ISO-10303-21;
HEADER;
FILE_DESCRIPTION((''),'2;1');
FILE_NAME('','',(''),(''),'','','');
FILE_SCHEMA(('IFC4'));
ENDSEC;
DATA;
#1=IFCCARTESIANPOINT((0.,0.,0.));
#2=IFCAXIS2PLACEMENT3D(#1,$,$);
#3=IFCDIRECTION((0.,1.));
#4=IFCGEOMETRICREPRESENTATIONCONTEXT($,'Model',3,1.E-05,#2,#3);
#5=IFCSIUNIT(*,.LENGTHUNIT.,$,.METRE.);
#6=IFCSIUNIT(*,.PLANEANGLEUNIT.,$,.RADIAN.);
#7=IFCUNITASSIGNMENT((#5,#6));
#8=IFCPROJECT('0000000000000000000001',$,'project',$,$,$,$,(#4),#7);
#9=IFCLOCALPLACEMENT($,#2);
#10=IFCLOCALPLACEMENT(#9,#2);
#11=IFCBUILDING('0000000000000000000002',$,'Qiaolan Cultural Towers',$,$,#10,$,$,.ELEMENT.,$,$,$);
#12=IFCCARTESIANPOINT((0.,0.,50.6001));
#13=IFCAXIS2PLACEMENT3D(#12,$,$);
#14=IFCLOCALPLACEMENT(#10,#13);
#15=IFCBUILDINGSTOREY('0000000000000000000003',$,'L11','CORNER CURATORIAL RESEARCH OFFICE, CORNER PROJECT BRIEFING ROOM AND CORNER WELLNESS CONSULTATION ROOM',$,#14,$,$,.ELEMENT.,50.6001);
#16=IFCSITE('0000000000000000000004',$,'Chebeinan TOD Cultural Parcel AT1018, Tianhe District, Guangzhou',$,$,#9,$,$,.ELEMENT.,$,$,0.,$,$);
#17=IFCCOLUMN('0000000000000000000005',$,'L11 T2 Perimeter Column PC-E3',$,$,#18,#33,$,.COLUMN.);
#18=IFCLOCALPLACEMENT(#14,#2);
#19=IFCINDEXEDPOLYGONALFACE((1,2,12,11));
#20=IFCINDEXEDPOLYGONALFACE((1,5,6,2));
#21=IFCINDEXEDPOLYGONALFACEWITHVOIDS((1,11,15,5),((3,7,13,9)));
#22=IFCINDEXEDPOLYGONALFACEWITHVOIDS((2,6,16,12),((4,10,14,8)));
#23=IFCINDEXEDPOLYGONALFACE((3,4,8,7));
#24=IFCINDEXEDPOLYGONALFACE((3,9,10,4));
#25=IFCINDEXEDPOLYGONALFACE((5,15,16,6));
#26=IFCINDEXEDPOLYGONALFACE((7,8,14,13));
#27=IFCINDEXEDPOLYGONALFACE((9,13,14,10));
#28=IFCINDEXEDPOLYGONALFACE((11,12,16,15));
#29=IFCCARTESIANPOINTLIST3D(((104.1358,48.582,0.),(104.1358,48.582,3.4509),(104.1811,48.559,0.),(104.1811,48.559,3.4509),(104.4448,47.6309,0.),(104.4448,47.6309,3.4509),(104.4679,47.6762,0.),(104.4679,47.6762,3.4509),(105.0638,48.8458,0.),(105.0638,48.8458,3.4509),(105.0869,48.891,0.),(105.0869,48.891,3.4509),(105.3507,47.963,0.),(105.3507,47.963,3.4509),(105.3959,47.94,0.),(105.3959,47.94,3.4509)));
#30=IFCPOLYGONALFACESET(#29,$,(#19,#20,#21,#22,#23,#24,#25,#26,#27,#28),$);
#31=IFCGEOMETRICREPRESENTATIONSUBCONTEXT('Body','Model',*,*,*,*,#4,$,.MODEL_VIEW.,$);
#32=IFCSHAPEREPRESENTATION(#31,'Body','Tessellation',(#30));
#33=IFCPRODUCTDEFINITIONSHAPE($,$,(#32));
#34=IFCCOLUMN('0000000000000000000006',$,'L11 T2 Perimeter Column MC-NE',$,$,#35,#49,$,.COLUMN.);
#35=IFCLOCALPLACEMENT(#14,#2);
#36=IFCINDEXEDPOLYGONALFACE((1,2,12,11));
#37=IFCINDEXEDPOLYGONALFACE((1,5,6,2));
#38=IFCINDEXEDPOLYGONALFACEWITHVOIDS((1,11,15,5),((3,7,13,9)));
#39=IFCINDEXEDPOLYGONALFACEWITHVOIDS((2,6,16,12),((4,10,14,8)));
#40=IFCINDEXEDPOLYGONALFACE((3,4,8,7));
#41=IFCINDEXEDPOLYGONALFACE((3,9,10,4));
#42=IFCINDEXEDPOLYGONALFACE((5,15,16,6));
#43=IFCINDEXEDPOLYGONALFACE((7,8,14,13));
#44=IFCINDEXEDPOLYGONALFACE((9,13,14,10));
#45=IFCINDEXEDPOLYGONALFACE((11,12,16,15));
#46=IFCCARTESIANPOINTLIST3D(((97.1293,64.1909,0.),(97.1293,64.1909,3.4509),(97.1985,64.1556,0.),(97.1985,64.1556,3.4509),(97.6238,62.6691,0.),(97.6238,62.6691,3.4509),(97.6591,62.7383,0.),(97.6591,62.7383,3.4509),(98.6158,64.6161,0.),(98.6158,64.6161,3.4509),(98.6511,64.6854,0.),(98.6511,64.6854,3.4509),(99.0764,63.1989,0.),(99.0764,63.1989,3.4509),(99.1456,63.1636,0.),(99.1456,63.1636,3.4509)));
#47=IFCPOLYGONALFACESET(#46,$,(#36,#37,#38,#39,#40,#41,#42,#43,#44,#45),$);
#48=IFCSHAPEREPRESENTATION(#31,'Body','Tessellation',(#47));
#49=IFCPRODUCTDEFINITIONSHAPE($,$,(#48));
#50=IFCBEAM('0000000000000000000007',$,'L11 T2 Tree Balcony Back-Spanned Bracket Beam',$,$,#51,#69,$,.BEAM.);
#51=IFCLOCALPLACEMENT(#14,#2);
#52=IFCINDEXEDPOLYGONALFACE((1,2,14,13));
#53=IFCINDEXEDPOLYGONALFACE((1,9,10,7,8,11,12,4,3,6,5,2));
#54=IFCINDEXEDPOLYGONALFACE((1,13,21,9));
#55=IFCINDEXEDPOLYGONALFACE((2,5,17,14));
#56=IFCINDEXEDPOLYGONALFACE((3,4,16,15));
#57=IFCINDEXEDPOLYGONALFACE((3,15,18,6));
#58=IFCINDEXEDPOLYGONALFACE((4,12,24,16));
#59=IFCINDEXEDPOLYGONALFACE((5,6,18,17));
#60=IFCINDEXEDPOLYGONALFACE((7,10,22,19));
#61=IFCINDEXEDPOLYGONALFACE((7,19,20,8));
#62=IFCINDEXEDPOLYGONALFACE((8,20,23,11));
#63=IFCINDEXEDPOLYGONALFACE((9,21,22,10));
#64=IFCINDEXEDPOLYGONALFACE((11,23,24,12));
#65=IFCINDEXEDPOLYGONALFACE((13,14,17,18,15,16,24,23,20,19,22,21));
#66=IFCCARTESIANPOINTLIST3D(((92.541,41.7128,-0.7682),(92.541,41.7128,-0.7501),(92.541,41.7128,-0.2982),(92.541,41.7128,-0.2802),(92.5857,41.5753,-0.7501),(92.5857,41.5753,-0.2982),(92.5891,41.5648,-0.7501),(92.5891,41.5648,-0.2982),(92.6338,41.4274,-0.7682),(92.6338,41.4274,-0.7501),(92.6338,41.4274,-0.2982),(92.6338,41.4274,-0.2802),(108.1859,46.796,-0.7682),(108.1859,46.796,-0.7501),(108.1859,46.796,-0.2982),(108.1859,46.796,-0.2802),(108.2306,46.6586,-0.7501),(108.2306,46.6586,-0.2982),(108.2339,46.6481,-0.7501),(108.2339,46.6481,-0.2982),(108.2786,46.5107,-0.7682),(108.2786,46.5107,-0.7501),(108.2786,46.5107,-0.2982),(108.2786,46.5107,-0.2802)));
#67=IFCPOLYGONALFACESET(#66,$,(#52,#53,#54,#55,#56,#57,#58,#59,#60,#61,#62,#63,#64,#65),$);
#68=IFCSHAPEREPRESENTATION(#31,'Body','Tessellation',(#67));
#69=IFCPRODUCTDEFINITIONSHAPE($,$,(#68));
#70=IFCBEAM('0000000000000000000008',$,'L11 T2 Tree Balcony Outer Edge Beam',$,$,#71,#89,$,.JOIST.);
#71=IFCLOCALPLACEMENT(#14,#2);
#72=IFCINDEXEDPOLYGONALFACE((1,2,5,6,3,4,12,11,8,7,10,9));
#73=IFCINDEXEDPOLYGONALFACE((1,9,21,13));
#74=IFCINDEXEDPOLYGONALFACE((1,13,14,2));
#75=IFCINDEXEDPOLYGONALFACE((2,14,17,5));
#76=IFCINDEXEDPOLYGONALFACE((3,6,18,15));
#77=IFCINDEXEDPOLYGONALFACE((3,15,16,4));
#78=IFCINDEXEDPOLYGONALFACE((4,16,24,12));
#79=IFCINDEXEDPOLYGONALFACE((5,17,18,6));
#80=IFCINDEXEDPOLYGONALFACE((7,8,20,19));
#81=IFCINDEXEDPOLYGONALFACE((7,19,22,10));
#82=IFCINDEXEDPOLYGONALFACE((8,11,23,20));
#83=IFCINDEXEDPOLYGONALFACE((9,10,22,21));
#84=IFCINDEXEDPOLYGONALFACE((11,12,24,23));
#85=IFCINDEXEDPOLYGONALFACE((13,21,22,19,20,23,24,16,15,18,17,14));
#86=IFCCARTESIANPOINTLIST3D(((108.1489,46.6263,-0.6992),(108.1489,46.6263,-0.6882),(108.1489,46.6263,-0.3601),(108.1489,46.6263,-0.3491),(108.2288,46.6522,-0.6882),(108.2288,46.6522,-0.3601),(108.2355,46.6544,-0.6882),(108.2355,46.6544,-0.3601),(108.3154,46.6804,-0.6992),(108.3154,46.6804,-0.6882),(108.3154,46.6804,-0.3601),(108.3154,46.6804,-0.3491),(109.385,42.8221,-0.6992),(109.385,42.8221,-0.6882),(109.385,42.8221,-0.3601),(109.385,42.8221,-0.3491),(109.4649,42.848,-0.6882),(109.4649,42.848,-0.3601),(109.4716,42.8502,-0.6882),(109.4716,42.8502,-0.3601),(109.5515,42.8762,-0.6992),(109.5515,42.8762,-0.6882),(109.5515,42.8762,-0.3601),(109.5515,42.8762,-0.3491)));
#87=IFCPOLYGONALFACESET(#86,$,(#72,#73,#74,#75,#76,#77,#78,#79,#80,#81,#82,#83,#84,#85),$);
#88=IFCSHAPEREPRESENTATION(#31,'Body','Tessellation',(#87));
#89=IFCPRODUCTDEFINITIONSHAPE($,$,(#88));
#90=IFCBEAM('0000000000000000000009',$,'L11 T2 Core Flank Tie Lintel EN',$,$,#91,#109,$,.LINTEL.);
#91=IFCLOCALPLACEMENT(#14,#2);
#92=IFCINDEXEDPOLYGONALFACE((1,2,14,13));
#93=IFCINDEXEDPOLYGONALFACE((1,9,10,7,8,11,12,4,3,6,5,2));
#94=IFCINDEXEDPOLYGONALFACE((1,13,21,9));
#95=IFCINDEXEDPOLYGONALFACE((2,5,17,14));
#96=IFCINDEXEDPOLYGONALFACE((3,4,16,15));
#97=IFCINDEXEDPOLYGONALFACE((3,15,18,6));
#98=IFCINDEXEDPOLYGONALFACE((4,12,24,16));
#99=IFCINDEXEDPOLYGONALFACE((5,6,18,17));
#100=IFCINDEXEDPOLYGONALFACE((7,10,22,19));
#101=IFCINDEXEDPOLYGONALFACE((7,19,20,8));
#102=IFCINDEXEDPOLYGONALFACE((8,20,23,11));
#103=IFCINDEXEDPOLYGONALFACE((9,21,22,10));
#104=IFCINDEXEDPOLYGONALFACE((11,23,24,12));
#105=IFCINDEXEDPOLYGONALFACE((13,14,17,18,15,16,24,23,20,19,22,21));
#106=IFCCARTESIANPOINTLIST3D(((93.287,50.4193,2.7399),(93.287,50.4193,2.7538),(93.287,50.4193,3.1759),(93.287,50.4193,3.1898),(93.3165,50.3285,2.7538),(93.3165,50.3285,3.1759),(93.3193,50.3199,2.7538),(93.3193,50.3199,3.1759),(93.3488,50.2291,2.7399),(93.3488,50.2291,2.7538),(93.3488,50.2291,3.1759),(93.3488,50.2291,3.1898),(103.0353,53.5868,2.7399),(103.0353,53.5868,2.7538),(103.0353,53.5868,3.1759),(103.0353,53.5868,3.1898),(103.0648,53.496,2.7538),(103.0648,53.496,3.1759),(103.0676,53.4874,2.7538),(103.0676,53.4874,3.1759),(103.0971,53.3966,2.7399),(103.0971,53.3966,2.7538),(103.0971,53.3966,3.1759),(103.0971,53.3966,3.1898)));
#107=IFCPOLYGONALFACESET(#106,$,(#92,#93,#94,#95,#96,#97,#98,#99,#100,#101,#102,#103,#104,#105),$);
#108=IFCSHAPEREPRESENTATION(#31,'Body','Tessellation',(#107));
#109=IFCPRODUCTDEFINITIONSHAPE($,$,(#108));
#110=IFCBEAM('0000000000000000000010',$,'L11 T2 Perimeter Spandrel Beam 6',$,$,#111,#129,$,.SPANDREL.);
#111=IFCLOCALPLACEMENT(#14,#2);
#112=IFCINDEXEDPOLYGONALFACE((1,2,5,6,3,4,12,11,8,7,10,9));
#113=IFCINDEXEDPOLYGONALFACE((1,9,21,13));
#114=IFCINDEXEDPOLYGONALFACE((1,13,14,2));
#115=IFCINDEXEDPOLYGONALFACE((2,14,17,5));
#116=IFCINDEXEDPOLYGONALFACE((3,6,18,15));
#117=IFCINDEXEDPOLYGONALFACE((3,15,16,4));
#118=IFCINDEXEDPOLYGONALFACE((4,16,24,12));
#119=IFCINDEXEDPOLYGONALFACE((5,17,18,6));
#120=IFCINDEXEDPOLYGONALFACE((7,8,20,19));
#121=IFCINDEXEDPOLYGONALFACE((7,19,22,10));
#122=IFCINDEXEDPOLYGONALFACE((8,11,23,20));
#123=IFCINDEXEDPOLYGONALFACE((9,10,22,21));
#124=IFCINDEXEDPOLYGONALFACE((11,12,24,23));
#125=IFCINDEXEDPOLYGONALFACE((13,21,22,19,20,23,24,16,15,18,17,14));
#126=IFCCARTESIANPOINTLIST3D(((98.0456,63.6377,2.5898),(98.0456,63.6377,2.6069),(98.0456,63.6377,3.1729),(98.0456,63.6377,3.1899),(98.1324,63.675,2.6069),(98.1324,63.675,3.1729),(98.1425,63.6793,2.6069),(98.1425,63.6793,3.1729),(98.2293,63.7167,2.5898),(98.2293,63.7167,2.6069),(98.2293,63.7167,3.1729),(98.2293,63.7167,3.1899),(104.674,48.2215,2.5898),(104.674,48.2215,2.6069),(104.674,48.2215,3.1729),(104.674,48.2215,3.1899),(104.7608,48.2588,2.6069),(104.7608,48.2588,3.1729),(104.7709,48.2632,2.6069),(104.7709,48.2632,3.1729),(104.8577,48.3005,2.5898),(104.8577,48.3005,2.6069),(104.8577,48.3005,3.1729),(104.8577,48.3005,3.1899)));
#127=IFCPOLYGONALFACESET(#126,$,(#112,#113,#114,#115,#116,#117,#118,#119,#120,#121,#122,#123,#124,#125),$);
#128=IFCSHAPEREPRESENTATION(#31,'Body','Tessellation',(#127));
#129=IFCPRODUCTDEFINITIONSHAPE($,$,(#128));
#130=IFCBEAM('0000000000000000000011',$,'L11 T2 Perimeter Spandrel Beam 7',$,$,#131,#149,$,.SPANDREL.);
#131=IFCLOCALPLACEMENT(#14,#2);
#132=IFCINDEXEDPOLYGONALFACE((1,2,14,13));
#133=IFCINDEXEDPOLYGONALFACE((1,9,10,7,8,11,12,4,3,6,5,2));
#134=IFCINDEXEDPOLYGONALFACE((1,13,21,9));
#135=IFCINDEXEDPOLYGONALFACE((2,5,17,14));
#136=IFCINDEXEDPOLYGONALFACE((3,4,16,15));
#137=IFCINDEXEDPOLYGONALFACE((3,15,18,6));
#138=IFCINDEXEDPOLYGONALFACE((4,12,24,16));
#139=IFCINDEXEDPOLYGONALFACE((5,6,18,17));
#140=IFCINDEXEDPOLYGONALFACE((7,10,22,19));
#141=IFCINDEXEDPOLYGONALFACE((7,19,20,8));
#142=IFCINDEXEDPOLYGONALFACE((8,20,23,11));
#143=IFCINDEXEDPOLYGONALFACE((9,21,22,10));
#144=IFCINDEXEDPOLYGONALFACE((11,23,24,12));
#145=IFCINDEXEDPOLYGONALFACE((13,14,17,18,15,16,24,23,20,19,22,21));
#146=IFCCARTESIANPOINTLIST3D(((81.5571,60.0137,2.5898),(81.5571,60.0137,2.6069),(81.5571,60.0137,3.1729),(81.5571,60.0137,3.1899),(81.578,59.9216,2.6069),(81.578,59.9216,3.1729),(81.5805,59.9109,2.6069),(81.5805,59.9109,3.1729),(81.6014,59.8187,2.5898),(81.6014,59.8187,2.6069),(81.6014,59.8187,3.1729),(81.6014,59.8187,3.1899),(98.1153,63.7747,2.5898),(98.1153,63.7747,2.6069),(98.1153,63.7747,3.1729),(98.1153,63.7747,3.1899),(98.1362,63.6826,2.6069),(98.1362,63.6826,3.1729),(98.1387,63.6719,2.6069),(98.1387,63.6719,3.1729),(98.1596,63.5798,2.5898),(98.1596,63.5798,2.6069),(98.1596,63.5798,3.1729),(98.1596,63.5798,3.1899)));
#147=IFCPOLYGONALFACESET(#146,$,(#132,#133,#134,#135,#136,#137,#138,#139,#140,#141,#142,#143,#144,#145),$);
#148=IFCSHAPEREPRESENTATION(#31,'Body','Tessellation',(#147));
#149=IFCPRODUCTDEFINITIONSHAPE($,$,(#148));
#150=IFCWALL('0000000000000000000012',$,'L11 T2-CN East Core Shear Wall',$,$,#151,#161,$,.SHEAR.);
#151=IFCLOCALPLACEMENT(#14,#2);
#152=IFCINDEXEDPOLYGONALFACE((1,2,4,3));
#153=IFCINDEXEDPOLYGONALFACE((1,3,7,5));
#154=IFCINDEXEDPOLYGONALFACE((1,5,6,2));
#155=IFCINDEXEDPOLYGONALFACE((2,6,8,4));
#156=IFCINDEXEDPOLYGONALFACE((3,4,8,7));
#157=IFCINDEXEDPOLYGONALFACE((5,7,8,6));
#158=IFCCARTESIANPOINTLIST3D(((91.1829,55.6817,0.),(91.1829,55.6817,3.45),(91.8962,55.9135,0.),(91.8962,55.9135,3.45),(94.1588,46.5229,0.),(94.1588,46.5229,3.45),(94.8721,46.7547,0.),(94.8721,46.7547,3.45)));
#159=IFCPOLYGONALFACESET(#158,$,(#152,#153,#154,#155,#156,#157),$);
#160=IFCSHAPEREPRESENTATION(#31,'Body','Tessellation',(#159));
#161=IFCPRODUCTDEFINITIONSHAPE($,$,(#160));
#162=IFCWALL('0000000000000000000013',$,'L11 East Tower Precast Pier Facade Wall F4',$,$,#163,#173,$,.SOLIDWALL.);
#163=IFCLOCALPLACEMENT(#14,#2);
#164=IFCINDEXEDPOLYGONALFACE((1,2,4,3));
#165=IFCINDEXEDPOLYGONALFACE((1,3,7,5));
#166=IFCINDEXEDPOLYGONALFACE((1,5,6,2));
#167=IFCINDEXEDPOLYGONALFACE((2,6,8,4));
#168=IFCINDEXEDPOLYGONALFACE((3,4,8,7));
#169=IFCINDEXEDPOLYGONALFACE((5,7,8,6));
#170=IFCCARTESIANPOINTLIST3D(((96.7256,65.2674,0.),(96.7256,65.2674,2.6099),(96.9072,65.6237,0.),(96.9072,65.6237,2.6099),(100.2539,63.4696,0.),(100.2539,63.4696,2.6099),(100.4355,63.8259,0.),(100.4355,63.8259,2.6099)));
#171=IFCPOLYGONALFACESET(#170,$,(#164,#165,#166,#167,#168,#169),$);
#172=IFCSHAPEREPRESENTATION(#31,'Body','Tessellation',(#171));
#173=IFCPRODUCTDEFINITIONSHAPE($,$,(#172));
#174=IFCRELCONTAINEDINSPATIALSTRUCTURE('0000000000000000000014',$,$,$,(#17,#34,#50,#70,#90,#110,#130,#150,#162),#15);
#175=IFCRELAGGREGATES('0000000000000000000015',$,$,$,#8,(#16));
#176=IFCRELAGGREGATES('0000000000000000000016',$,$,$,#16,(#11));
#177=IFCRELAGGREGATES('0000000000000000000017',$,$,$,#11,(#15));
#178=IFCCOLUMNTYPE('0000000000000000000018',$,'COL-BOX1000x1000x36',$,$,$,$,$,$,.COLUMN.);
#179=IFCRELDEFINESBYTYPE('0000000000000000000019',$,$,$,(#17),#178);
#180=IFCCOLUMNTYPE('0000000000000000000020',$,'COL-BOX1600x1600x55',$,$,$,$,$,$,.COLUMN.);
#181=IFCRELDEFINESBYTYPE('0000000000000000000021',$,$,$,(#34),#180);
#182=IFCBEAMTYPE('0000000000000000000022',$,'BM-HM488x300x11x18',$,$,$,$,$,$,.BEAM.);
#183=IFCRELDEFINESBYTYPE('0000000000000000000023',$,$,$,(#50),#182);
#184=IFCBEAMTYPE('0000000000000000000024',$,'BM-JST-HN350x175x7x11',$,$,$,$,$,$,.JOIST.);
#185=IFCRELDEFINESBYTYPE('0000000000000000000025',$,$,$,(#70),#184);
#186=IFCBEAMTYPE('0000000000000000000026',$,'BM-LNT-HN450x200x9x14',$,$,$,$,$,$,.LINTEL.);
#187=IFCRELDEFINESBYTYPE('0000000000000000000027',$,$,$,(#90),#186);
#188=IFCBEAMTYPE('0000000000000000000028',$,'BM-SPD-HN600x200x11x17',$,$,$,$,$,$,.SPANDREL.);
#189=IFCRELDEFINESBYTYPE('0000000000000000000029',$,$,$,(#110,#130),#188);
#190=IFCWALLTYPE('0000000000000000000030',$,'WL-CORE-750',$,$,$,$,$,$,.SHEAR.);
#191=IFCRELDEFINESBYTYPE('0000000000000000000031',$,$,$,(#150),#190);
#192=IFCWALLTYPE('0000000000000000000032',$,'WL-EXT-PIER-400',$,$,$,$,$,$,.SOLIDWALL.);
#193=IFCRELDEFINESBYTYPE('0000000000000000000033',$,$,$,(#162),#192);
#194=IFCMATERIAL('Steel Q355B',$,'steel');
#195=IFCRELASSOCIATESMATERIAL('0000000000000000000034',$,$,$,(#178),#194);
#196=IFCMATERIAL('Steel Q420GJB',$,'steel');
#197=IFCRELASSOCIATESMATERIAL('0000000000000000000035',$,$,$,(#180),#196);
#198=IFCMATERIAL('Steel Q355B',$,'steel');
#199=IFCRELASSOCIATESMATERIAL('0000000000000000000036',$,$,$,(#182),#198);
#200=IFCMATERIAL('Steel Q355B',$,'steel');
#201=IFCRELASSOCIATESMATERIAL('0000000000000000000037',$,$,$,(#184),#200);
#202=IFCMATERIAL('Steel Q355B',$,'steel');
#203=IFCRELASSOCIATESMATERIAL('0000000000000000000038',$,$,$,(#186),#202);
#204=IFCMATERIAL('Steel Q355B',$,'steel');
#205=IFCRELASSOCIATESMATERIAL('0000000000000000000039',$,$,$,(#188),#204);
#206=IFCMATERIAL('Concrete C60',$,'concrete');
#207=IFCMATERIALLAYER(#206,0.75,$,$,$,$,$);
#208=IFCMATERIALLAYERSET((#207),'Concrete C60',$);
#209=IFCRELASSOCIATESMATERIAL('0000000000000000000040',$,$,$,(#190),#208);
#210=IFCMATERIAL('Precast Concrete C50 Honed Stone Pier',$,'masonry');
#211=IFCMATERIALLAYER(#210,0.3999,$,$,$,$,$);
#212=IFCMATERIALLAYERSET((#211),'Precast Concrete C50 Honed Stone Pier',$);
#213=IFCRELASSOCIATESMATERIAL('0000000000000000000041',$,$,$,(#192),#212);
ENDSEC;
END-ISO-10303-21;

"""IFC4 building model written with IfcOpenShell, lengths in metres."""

from ifc_helpers import new_model, si_unit, direction, frame, frame_2d, origin, origin_2d, place, context, subcontext, project, spatial, rectangle, hollow_rectangle, i_section, extrude, material, layer, layer_set, material_profile, profile_set, type_object, element, save


model = new_model("IFC4")

# Units and contexts
model_context = context("Model", 3, precision=1e-05, world=origin(), true_north=direction((0.0, 1.0)))
body_context = subcontext(model_context, "Body", "Model", "MODEL_VIEW")
ifc_project = project(units=[si_unit("LENGTHUNIT", "METRE"), si_unit("PLANEANGLEUNIT", "RADIAN")], contexts=[model_context])

# Site, building, storey
site_placement = place(None, origin())
site = spatial("IfcSite", under=ifc_project, at=site_placement, Name="Chebeinan TOD Cultural Parcel AT1018, Tianhe District, Guangzhou", CompositionType="ELEMENT", RefElevation=0.0)
building_placement = place(site_placement, origin())
building = spatial("IfcBuilding", under=site, at=building_placement, Name="Qiaolan Cultural Towers", CompositionType="ELEMENT")
storey_placement = place(building_placement, frame((0.0, 0.0, 50.6001)))
storey = spatial("IfcBuildingStorey", under=building, at=storey_placement, Name="L11", Description="CORNER CURATORIAL RESEARCH OFFICE, CORNER PROJECT BRIEFING ROOM AND CORNER WELLNESS CONSULTATION ROOM", CompositionType="ELEMENT", Elevation=50.6001)

# Columns
ifc_material_1 = material(Name="Steel Q355B", Category="steel")
ifc_material_profile_1 = material_profile(ifc_material_1, hollow_rectangle(XDim=1.0, YDim=1.0, WallThickness=0.0359, at=origin_2d()), Name="BOX1000x1000x36")
ifc_profile_set_1 = profile_set([ifc_material_profile_1], Name="Steel Q355B")
column_type_1 = type_object("IfcColumnType", Name="COL-BOX1000x1000x36", PredefinedType="COLUMN", material=ifc_profile_set_1)
column_1_placement = place(storey_placement, frame((104.7659, 48.261, 0.0), z_axis=(0.0, 0.0, 1.0), x_axis=(0.951057, 0.309017, 0.0)))
element("IfcColumn", 1, at=column_1_placement, inside=storey, type_object=column_type_1, Name="L11 T2 Perimeter Column PC-E3", PredefinedType="COLUMN", context=body_context, shape_type="SweptSolid", body=[
    extrude(hollow_rectangle(XDim=1.0, YDim=1.0, WallThickness=0.0359, at=origin_2d()), origin(), (0.0, 0.0, 1.0), 3.4509),
])
ifc_material_2 = material(Name="Steel Q420GJB", Category="steel")
ifc_material_profile_2 = material_profile(ifc_material_2, hollow_rectangle(XDim=1.6001, YDim=1.6001, WallThickness=0.0549, at=origin_2d()), Name="BOX1600x1600x55")
ifc_profile_set_2 = profile_set([ifc_material_profile_2], Name="Steel Q420GJB")
column_type_2 = type_object("IfcColumnType", Name="COL-BOX1600x1600x55", PredefinedType="COLUMN", material=ifc_profile_set_2)
column_2_placement = place(storey_placement, frame((98.1375, 63.6772, 0.0), z_axis=(0.0, 0.0, 1.0), x_axis=(0.951057, 0.309017, 0.0)))
element("IfcColumn", 2, at=column_2_placement, inside=storey, type_object=column_type_2, Name="L11 T2 Perimeter Column MC-NE", PredefinedType="COLUMN", context=body_context, shape_type="SweptSolid", body=[
    extrude(hollow_rectangle(XDim=1.6001, YDim=1.6001, WallThickness=0.0549, at=origin_2d()), origin(), (0.0, 0.0, 1.0), 3.4509),
])

# Beams
ifc_material_3 = material(Name="Steel Q355B", Category="steel")
ifc_material_profile_3 = material_profile(ifc_material_3, i_section(OverallWidth=0.3, OverallDepth=0.488, WebThickness=0.011, FlangeThickness=0.0181, at=origin_2d()), Name="HM488x300x11x18")
ifc_profile_set_3 = profile_set([ifc_material_profile_3], Name="Steel Q355B")
beam_type_1 = type_object("IfcBeamType", Name="BM-HM488x300x11x18", PredefinedType="BEAM", material=ifc_profile_set_3)
beam_1_placement = place(storey_placement, frame((92.5874, 41.5701, -0.5242), z_axis=(0.951057, 0.309015, 0.0), x_axis=(-0.309015, 0.951057, 0.0)))
element("IfcBeam", 3, at=beam_1_placement, inside=storey, type_object=beam_type_1, Name="L11 T2 Tree Balcony Back-Spanned Bracket Beam", PredefinedType="BEAM", context=body_context, shape_type="SweptSolid", body=[
    extrude(i_section(OverallWidth=0.3, OverallDepth=0.488, WebThickness=0.011, FlangeThickness=0.0181, at=origin_2d()), origin(), (0.0, 0.0, 1.0), 16.45),
])
ifc_material_4 = material(Name="Steel Q355B", Category="steel")
ifc_material_profile_4 = material_profile(ifc_material_4, i_section(OverallWidth=0.175, OverallDepth=0.3501, WebThickness=0.0071, FlangeThickness=0.011, at=origin_2d()), Name="HN350x175x7x11")
ifc_profile_set_4 = profile_set([ifc_material_profile_4], Name="Steel Q355B")
beam_type_2 = type_object("IfcBeamType", Name="BM-JST-HN350x175x7x11", PredefinedType="JOIST", material=ifc_profile_set_4)
beam_2_placement = place(storey_placement, frame((109.4683, 42.8491, -0.5242), z_axis=(-0.309023, 0.951055, 0.0), x_axis=(-0.951055, -0.309023, 0.0)))
element("IfcBeam", 4, at=beam_2_placement, inside=storey, type_object=beam_type_2, Name="L11 T2 Tree Balcony Outer Edge Beam", PredefinedType="JOIST", context=body_context, shape_type="SweptSolid", body=[
    extrude(i_section(OverallWidth=0.175, OverallDepth=0.3501, WebThickness=0.0071, FlangeThickness=0.011, at=origin_2d()), origin(), (0.0, 0.0, 1.0), 4.0),
])
ifc_material_5 = material(Name="Steel Q355B", Category="steel")
ifc_material_profile_5 = material_profile(ifc_material_5, i_section(OverallWidth=0.2, OverallDepth=0.45, WebThickness=0.009, FlangeThickness=0.0139, at=origin_2d()), Name="HN450x200x9x14")
ifc_profile_set_5 = profile_set([ifc_material_profile_5], Name="Steel Q355B")
beam_type_3 = type_object("IfcBeamType", Name="BM-LNT-HN450x200x9x14", PredefinedType="LINTEL", material=ifc_profile_set_5)
beam_3_placement = place(storey_placement, frame((93.3179, 50.3242, 2.9648), z_axis=(0.951055, 0.309023, 0.0), x_axis=(-0.309023, 0.951055, 0.0)))
element("IfcBeam", 5, at=beam_3_placement, inside=storey, type_object=beam_type_3, Name="L11 T2 Core Flank Tie Lintel EN", PredefinedType="LINTEL", context=body_context, shape_type="SweptSolid", body=[
    extrude(i_section(OverallWidth=0.2, OverallDepth=0.45, WebThickness=0.009, FlangeThickness=0.0139, at=origin_2d()), origin(), (0.0, 0.0, 1.0), 10.25),
])
ifc_material_6 = material(Name="Steel Q355B", Category="steel")
ifc_material_profile_6 = material_profile(ifc_material_6, i_section(OverallWidth=0.2, OverallDepth=0.6001, WebThickness=0.011, FlangeThickness=0.0171, at=origin_2d()), Name="HN600x200x11x17")
ifc_profile_set_6 = profile_set([ifc_material_profile_6], Name="Steel Q355B")
beam_type_4 = type_object("IfcBeamType", Name="BM-SPD-HN600x200x11x17", PredefinedType="SPANDREL", material=ifc_profile_set_6)
beam_4_placement = place(storey_placement, frame((104.7659, 48.261, 2.8899), z_axis=(-0.394999, 0.918682, 0.0), x_axis=(-0.918682, -0.394999, 0.0)))
element("IfcBeam", 6, at=beam_4_placement, inside=storey, type_object=beam_type_4, Name="L11 T2 Perimeter Spandrel Beam 6", PredefinedType="SPANDREL", context=body_context, shape_type="SweptSolid", body=[
    extrude(i_section(OverallWidth=0.2, OverallDepth=0.6001, WebThickness=0.011, FlangeThickness=0.0171, at=origin_2d()), origin(), (0.0, 0.0, 1.0), 16.7808),
])
beam_5_placement = place(storey_placement, frame((98.1375, 63.6772, 2.8899), z_axis=(-0.975161, -0.221497, 0.0), x_axis=(0.221497, -0.975161, 0.0)))
element("IfcBeam", 7, at=beam_5_placement, inside=storey, type_object=beam_type_4, Name="L11 T2 Perimeter Spandrel Beam 7", PredefinedType="SPANDREL", context=body_context, shape_type="SweptSolid", body=[
    extrude(i_section(OverallWidth=0.2, OverallDepth=0.6001, WebThickness=0.011, FlangeThickness=0.0171, at=origin_2d()), origin(), (0.0, 0.0, 1.0), 16.98),
])

# Walls
ifc_material_7 = material(Name="Concrete C60", Category="concrete")
ifc_layer_1 = layer(ifc_material_7, 0.75)
ifc_layer_set_1 = layer_set([ifc_layer_1], Name="Concrete C60")
wall_type_1 = type_object("IfcWallType", Name="WL-CORE-750", PredefinedType="SHEAR", material=ifc_layer_set_1)
wall_1_placement = place(storey_placement, frame((94.5154, 46.6389, 0.0), z_axis=(0.0, 0.0, 1.0), x_axis=(-0.309016, 0.951057, 0.0)))
element("IfcWall", 8, at=wall_1_placement, inside=storey, type_object=wall_type_1, Name="L11 T2-CN East Core Shear Wall", PredefinedType="SHEAR", context=body_context, shape_type="SweptSolid", body=[
    extrude(rectangle(XDim=9.6301, YDim=0.75, at=frame_2d((4.8149, 0.0))), origin(), (0.0, 0.0, 1.0), 3.45),
])
ifc_material_8 = material(Name="Precast Concrete C50 Honed Stone Pier", Category="masonry")
ifc_layer_2 = layer(ifc_material_8, 0.3999)
ifc_layer_set_2 = layer_set([ifc_layer_2], Name="Precast Concrete C50 Honed Stone Pier")
wall_type_2 = type_object("IfcWallType", Name="WL-EXT-PIER-400", PredefinedType="SOLIDWALL", material=ifc_layer_set_2)
wall_2_placement = place(storey_placement, frame((96.8164, 65.4456, 0.0), z_axis=(0.0, 0.0, 1.0), x_axis=(0.890998, -0.454007, 0.0)))
element("IfcWall", 9, at=wall_2_placement, inside=storey, type_object=wall_type_2, Name="L11 East Tower Precast Pier Facade Wall F4", PredefinedType="SOLIDWALL", context=body_context, shape_type="SweptSolid", body=[
    extrude(rectangle(XDim=3.96, YDim=0.3999, at=frame_2d((1.98, 0.0))), origin(), (0.0, 0.0, 1.0), 2.6099),
])

save(model, "model.ifc")
